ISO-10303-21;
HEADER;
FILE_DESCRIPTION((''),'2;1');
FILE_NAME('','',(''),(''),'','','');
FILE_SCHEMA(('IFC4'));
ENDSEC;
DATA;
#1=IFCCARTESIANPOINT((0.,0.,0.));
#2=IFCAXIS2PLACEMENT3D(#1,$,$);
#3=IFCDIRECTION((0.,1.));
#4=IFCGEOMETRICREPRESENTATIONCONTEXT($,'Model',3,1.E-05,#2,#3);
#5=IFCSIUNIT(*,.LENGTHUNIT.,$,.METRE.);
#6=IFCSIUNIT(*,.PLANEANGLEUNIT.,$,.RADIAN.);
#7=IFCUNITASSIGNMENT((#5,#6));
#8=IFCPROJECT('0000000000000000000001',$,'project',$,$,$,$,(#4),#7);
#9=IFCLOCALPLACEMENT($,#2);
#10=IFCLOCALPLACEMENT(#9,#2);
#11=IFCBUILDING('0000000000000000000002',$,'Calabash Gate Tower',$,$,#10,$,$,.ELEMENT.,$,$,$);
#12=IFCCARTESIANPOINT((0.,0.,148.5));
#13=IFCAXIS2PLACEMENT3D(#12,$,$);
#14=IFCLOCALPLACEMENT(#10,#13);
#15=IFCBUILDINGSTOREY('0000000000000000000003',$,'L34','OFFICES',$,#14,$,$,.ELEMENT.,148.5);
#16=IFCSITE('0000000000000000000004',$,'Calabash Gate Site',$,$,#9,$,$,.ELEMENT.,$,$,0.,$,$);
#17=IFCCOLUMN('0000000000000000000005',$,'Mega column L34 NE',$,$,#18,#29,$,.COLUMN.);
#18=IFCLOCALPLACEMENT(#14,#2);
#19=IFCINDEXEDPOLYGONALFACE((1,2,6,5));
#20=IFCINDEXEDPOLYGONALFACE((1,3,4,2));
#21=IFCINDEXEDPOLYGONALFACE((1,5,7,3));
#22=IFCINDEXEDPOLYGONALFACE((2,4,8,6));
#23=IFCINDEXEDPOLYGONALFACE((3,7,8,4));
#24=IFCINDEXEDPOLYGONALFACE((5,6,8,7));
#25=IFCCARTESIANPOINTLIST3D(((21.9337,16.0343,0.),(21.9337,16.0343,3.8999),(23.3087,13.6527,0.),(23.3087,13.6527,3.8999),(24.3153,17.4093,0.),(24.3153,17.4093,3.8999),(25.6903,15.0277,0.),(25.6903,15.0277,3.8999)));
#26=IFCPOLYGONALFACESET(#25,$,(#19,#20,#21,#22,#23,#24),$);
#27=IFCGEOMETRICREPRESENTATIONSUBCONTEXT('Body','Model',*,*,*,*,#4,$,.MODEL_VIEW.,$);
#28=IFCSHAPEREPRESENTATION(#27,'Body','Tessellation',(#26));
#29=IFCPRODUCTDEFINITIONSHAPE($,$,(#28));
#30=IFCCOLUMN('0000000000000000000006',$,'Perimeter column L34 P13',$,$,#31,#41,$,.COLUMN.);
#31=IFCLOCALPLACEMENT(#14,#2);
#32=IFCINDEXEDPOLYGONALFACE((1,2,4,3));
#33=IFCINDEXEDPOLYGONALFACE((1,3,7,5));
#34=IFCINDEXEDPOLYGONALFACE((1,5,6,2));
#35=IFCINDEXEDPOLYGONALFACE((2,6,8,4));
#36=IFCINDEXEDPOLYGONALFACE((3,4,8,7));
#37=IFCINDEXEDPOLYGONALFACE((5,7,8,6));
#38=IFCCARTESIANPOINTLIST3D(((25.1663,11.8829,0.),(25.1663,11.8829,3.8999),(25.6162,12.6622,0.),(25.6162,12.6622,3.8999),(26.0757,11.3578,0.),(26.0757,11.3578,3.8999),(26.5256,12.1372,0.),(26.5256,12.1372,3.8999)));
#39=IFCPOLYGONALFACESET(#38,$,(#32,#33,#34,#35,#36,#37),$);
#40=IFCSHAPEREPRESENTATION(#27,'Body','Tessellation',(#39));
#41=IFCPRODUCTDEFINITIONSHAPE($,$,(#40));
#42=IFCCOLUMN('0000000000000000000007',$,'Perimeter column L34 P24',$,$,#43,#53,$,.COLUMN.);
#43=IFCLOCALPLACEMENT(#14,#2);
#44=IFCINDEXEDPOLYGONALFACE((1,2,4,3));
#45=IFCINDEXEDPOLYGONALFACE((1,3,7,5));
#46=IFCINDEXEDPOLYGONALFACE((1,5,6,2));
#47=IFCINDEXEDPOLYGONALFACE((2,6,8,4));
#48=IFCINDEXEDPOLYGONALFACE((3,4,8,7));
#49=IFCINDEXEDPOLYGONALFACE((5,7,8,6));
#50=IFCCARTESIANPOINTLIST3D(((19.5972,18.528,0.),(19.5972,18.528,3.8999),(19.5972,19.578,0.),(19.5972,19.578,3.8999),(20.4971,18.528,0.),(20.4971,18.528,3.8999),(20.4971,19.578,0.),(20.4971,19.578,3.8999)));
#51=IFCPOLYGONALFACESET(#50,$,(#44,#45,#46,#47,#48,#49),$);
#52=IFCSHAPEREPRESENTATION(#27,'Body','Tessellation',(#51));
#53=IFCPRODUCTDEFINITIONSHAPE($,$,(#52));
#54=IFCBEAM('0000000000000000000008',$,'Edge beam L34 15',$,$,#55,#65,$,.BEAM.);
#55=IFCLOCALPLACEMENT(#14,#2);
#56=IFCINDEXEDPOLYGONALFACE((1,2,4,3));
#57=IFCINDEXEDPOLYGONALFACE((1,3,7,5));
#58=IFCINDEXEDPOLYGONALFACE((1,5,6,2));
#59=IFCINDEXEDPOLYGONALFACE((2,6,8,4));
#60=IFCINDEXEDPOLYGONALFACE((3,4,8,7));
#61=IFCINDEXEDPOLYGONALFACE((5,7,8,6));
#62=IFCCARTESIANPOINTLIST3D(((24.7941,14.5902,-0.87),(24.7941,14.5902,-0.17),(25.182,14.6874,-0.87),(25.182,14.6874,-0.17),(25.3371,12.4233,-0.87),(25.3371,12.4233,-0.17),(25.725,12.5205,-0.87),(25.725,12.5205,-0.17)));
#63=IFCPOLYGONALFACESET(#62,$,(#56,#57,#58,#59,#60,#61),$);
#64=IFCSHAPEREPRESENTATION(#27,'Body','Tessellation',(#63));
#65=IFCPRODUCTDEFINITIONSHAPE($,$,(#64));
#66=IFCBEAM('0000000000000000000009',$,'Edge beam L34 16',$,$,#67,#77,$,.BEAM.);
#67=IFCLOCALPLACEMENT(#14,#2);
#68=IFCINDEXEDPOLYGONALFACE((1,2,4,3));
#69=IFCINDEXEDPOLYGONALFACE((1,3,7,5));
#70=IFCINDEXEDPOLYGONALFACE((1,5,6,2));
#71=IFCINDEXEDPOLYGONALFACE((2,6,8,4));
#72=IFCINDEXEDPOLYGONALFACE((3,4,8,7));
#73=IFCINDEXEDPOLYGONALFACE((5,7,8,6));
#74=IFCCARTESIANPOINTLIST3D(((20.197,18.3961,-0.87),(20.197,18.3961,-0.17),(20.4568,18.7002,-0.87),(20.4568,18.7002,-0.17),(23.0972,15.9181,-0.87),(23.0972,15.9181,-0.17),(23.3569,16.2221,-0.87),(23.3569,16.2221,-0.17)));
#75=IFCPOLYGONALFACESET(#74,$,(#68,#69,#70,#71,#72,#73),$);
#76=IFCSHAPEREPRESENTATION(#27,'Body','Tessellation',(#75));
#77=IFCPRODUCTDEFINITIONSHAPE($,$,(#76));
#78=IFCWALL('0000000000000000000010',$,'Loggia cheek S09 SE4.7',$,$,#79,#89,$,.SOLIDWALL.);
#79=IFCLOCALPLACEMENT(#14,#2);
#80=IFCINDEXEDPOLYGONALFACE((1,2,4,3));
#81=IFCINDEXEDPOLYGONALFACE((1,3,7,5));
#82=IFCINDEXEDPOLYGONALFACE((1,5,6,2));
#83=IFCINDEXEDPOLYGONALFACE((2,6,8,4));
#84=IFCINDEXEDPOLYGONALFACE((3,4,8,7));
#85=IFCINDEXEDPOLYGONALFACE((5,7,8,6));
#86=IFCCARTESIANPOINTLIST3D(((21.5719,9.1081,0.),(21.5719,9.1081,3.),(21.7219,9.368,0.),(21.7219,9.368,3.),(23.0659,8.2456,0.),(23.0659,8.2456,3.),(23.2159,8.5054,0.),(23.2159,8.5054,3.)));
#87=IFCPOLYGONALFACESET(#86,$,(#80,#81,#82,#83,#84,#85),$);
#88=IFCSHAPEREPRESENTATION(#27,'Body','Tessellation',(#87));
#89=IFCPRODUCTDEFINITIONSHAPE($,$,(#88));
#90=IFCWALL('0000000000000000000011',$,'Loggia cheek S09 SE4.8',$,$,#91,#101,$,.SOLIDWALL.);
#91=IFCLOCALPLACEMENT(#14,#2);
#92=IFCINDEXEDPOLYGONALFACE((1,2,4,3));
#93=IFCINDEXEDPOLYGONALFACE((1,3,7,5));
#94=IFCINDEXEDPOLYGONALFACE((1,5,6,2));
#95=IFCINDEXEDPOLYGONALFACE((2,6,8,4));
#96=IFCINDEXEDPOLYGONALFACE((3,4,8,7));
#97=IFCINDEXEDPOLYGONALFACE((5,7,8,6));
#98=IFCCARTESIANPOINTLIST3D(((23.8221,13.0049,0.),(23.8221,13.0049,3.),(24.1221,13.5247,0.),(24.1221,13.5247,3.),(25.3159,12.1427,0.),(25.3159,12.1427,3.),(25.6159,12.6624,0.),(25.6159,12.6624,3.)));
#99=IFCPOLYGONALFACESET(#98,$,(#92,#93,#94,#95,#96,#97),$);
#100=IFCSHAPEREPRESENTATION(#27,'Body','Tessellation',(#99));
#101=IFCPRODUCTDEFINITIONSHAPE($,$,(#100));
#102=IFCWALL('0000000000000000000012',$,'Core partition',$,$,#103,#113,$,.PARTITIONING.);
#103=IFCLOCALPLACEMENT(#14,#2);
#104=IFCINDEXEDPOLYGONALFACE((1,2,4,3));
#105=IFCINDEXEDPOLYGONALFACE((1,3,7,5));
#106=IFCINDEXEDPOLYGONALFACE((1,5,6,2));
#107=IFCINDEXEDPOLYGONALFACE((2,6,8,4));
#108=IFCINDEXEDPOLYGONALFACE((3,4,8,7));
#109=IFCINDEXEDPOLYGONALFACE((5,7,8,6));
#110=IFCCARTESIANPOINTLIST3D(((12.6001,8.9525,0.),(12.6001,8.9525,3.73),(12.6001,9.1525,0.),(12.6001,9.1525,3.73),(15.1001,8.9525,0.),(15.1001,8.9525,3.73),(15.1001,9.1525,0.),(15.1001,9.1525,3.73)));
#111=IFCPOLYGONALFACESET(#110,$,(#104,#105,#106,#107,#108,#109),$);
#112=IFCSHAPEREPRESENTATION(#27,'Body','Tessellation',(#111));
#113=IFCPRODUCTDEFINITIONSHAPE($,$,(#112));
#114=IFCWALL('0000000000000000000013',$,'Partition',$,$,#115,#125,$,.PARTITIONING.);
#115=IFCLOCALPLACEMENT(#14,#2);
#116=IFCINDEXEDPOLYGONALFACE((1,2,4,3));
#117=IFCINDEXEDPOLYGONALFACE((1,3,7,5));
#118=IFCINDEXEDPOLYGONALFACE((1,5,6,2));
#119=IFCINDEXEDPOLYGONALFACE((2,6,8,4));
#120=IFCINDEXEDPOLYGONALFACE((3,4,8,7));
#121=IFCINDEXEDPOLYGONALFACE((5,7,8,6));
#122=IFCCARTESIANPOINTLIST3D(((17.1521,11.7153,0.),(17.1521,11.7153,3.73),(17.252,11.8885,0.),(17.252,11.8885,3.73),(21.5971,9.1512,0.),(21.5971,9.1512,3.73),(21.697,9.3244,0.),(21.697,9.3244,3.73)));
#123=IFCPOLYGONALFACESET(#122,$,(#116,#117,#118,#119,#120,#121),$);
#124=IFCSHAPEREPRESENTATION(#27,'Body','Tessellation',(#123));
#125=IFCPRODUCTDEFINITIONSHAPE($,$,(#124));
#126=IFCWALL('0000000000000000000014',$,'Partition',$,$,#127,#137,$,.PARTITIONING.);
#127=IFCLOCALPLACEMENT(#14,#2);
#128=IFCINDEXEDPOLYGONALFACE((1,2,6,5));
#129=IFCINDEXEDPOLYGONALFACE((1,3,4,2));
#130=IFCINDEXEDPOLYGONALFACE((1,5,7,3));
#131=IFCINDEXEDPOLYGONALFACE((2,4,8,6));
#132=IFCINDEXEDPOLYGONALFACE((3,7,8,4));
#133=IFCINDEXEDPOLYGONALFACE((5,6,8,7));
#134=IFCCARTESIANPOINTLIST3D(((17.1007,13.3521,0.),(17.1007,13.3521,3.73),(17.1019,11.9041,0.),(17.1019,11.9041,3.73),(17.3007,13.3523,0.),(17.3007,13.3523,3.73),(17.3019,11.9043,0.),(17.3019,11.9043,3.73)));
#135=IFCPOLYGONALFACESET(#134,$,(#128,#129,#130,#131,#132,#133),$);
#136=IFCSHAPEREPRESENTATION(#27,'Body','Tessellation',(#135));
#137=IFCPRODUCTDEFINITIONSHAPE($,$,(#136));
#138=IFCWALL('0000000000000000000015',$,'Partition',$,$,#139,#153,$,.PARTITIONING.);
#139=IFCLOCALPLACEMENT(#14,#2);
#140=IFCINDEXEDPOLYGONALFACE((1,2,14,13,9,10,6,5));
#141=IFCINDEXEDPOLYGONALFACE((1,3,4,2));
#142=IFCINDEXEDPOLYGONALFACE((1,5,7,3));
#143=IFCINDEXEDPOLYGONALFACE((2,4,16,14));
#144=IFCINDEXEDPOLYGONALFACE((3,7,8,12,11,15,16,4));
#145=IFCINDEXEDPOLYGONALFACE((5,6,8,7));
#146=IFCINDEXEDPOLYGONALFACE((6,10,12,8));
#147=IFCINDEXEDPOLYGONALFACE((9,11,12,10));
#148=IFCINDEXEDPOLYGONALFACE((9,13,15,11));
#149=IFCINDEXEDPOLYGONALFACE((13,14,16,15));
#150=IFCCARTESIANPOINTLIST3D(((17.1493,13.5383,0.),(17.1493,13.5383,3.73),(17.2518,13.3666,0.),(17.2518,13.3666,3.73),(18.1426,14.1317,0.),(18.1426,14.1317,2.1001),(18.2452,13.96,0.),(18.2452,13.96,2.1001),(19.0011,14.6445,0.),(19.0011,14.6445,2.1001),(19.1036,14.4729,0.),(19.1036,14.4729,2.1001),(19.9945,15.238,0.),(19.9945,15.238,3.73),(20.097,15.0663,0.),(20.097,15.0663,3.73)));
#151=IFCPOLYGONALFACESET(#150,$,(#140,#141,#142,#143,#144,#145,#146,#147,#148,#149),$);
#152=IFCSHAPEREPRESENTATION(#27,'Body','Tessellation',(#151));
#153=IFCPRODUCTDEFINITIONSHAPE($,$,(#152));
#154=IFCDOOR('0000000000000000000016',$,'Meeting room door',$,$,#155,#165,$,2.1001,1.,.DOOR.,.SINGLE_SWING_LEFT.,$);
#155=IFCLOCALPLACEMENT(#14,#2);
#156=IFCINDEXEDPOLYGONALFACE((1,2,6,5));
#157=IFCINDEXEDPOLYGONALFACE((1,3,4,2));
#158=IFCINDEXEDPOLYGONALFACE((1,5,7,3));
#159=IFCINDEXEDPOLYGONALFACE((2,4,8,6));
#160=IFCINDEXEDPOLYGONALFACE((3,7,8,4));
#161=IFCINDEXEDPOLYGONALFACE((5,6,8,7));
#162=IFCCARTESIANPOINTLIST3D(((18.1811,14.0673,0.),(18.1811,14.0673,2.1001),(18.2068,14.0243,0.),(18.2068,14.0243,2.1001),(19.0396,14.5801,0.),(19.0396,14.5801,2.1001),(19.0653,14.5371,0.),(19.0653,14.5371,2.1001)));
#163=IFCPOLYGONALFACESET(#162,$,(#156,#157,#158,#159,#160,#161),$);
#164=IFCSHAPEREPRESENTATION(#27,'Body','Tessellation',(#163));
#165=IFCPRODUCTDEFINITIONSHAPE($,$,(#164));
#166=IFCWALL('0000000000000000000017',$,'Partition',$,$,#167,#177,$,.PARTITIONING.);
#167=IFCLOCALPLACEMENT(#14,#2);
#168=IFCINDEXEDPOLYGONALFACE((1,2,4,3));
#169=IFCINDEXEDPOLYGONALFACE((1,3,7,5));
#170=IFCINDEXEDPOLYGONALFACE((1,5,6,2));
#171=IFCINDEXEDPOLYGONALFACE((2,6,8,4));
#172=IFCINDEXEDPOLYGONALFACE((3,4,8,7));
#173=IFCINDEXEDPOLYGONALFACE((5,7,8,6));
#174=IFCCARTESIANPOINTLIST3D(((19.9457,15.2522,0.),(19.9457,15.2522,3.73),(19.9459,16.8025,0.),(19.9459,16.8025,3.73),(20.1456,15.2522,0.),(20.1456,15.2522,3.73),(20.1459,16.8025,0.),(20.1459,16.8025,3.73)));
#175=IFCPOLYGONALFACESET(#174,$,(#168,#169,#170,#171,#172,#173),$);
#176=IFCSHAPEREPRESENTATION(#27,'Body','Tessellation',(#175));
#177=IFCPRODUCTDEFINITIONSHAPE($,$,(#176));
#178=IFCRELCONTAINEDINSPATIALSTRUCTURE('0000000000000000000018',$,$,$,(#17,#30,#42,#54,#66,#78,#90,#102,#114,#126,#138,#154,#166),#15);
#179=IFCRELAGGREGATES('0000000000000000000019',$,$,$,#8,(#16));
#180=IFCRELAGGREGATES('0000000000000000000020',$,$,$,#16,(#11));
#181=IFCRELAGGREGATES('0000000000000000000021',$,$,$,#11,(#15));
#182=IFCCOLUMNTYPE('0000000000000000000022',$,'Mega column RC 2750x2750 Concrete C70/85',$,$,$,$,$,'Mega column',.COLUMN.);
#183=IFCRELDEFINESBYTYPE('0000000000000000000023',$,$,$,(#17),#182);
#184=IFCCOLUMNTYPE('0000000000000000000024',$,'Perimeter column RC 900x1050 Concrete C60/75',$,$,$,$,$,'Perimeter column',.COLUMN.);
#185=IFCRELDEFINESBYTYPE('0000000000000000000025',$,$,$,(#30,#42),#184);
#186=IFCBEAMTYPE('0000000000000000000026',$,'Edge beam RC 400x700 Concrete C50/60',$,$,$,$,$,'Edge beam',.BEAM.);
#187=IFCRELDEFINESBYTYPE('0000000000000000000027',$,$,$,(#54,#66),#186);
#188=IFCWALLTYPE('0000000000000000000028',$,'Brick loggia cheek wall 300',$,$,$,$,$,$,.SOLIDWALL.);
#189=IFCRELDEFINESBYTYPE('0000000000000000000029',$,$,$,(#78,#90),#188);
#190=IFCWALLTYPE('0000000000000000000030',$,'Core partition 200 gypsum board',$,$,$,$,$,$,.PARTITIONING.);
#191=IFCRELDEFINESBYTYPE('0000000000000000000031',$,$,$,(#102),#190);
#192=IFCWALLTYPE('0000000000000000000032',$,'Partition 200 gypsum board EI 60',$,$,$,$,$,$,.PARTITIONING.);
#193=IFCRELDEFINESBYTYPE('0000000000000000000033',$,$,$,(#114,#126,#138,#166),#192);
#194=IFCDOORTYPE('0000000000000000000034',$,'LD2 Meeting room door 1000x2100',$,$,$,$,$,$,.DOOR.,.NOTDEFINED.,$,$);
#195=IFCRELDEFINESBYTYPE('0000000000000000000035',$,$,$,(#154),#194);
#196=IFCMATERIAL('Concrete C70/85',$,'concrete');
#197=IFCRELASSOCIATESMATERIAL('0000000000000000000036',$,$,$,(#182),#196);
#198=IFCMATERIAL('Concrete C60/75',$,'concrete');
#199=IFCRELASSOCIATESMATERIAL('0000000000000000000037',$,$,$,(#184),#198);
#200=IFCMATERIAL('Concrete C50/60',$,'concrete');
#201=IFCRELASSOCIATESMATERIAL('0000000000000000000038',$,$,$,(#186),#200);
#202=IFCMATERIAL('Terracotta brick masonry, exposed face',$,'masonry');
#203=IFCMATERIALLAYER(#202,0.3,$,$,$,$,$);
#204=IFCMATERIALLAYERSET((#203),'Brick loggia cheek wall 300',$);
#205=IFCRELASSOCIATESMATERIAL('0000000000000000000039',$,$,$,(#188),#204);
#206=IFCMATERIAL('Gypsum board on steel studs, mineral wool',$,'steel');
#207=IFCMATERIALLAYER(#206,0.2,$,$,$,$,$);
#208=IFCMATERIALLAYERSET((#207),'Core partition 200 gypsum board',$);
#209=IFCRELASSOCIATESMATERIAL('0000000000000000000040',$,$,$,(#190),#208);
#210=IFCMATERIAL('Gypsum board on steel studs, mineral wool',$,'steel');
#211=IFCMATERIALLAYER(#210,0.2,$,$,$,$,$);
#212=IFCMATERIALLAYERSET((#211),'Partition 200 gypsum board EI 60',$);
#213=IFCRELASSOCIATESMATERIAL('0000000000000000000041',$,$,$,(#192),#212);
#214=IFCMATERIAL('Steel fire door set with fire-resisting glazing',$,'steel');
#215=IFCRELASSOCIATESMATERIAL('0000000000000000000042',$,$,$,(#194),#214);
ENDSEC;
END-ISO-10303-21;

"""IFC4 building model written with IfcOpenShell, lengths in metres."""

from ifc_helpers import new_model, si_unit, direction, frame, frame_2d, origin, origin_2d, place, context, subcontext, project, spatial, rectangle, extrude, material, layer, layer_set, material_profile, profile_set, type_object, element, fill, save


model = new_model("IFC4")

# Units and contexts
model_context = context("Model", 3, precision=1e-05, world=origin(), true_north=direction((0.0, 1.0)))
body_context = subcontext(model_context, "Body", "Model", "MODEL_VIEW")
ifc_project = project(units=[si_unit("LENGTHUNIT", "METRE"), si_unit("PLANEANGLEUNIT", "RADIAN")], contexts=[model_context])

# Site, building, storey
site_placement = place(None, origin())
site = spatial("IfcSite", under=ifc_project, at=site_placement, Name="Calabash Gate Site", CompositionType="ELEMENT", RefElevation=0.0)
building_placement = place(site_placement, origin())
building = spatial("IfcBuilding", under=site, at=building_placement, Name="Calabash Gate Tower", CompositionType="ELEMENT")
storey_placement = place(building_placement, frame((0.0, 0.0, 148.5)))
storey = spatial("IfcBuildingStorey", under=building, at=storey_placement, Name="L34", Description="OFFICES", CompositionType="ELEMENT", Elevation=148.5)

# Columns
ifc_material_1 = material(Name="Concrete C70/85", Category="concrete")
ifc_material_profile_1 = material_profile(ifc_material_1, rectangle(XDim=2.75, YDim=2.75, at=origin_2d()))
ifc_profile_set_1 = profile_set([ifc_material_profile_1], Name="Concrete C70/85")
column_type_1 = type_object("IfcColumnType", Name="Mega column RC 2750x2750 Concrete C70/85", ElementType="Mega column", PredefinedType="COLUMN", material=ifc_profile_set_1)
column_placement = place(storey_placement, frame((23.812, 15.531, 0.0), z_axis=(0.0, 0.0, 1.0), x_axis=(-0.866025, -0.5, 0.0)))
element("IfcColumn", 1, at=column_placement, inside=storey, type_object=column_type_1, Name="Mega column L34 NE", PredefinedType="COLUMN", context=body_context, shape_type="SweptSolid", body=[
    extrude(rectangle(XDim=2.75, YDim=2.75, at=origin_2d()), origin(), (0.0, 0.0, 1.0), 3.8999),
])
ifc_material_2 = material(Name="Concrete C60/75", Category="concrete")
ifc_material_profile_2 = material_profile(ifc_material_2, rectangle(XDim=0.8999, YDim=1.05, at=origin_2d()))
ifc_profile_set_2 = profile_set([ifc_material_profile_2], Name="Concrete C60/75")
column_type_2 = type_object("IfcColumnType", Name="Perimeter column RC 900x1050 Concrete C60/75", ElementType="Perimeter column", PredefinedType="COLUMN", material=ifc_profile_set_2)
for number, where, z_axis, x_axis, name in (
    (2, (25.8459, 12.01, 0.0), (0.0, 0.0, 1.0), (0.5, 0.866025, 0.0), "Perimeter column L34 P13"),
    (3, (20.0471, 19.053, 0.0), (0.0, 0.0, 1.0), (-1.0, 0.0, 0.0), "Perimeter column L34 P24"),
):
    element("IfcColumn", number, at=place(storey_placement, frame(where, z_axis=z_axis, x_axis=x_axis)), inside=storey, type_object=column_type_2, Name=name, PredefinedType="COLUMN", context=body_context, shape_type="SweptSolid", body=[
        extrude(rectangle(XDim=0.8999, YDim=1.05, at=origin_2d()), origin(), (0.0, 0.0, 1.0), 3.8999),
    ])

# Beams
ifc_material_3 = material(Name="Concrete C50/60", Category="concrete")
ifc_material_profile_3 = material_profile(ifc_material_3, rectangle(XDim=0.3999, YDim=0.7, at=origin_2d()))
ifc_profile_set_3 = profile_set([ifc_material_profile_3], Name="Concrete C50/60")
beam_type = type_object("IfcBeamType", Name="Edge beam RC 400x700 Concrete C50/60", ElementType="Edge beam", PredefinedType="BEAM", material=ifc_profile_set_3)
beam_1_placement = place(storey_placement, frame((25.531, 12.4719, -0.52), z_axis=(-0.24305, 0.970014, 0.0), x_axis=(-0.970014, -0.24305, 0.0)))
element("IfcBeam", 4, at=beam_1_placement, inside=storey, type_object=beam_type, Name="Edge beam L34 15", PredefinedType="BEAM", context=body_context, shape_type="SweptSolid", body=[
    extrude(rectangle(XDim=0.3999, YDim=0.7, at=origin_2d()), origin(), (0.0, 0.0, 1.0), 2.2339),
])
beam_2_placement = place(storey_placement, frame((23.2271, 16.0701, -0.52), z_axis=(-0.760268, 0.64961, 0.0), x_axis=(-0.64961, -0.760268, 0.0)))
element("IfcBeam", 5, at=beam_2_placement, inside=storey, type_object=beam_type, Name="Edge beam L34 16", PredefinedType="BEAM", context=body_context, shape_type="SweptSolid", body=[
    extrude(rectangle(XDim=0.3999, YDim=0.7, at=origin_2d()), origin(), (0.0, 0.0, 1.0), 3.8147),
])

# Walls
ifc_material_4 = material(Name="Terracotta brick masonry, exposed face", Category="masonry")
ifc_layer_1 = layer(ifc_material_4, 0.3)
ifc_layer_set_1 = layer_set([ifc_layer_1], Name="Brick loggia cheek wall 300")
wall_type_1 = type_object("IfcWallType", Name="Brick loggia cheek wall 300", PredefinedType="SOLIDWALL", material=ifc_layer_set_1)
wall_1_placement = place(storey_placement, frame((23.1409, 8.3755, 0.0), z_axis=(0.0, 0.0, 1.0), x_axis=(-0.866014, 0.500021, 0.0)))
element("IfcWall", 6, at=wall_1_placement, inside=storey, type_object=wall_type_1, Name="Loggia cheek S09 SE4.7", PredefinedType="SOLIDWALL", context=body_context, shape_type="SweptSolid", body=[
    extrude(rectangle(XDim=1.7251, YDim=0.3, at=frame_2d((0.8625, 0.0))), origin(), (0.0, 0.0, 1.0), 3.0),
])
wall_2_placement = place(storey_placement, frame((25.4658, 12.4026, 0.0), z_axis=(0.0, 0.0, 1.0), x_axis=(-0.866075, 0.499914, 0.0)))
element("IfcWall", 7, at=wall_2_placement, inside=storey, type_object=wall_type_1, Name="Loggia cheek S09 SE4.8", PredefinedType="SOLIDWALL", context=body_context, shape_type="SweptSolid", body=[
    extrude(rectangle(XDim=1.7249, YDim=0.6001, at=frame_2d((0.8623, 0.0))), origin(), (0.0, 0.0, 1.0), 3.0),
])
ifc_material_5 = material(Name="Gypsum board on steel studs, mineral wool", Category="steel")
ifc_layer_2 = layer(ifc_material_5, 0.2)
ifc_layer_set_2 = layer_set([ifc_layer_2], Name="Core partition 200 gypsum board")
wall_type_2 = type_object("IfcWallType", Name="Core partition 200 gypsum board", PredefinedType="PARTITIONING", material=ifc_layer_set_2)
wall_3_placement = place(storey_placement, frame((12.6001, 9.0525, 0.0), z_axis=(0.0, 0.0, 1.0), x_axis=(1.0, 0.0, 0.0)))
element("IfcWall", 8, at=wall_3_placement, inside=storey, type_object=wall_type_2, Name="Core partition", PredefinedType="PARTITIONING", context=body_context, shape_type="SweptSolid", body=[
    extrude(rectangle(XDim=2.5, YDim=0.2, at=frame_2d((1.25, 0.0))), origin(), (0.0, 0.0, 1.0), 3.73),
])
ifc_material_6 = material(Name="Gypsum board on steel studs, mineral wool", Category="steel")
ifc_layer_3 = layer(ifc_material_6, 0.2)
ifc_layer_set_3 = layer_set([ifc_layer_3], Name="Partition 200 gypsum board EI 60")
wall_type_3 = type_object("IfcWallType", Name="Partition 200 gypsum board EI 60", PredefinedType="PARTITIONING", material=ifc_layer_set_3)
wall_4_placement = place(storey_placement, frame((17.2019, 11.802, 0.0), z_axis=(0.0, 0.0, 1.0), x_axis=(0.866207, -0.499685, 0.0)))
element("IfcWall", 9, at=wall_4_placement, inside=storey, type_object=wall_type_3, Name="Partition", PredefinedType="PARTITIONING", context=body_context, shape_type="SweptSolid", body=[
    extrude(rectangle(XDim=5.1316, YDim=0.2, at=frame_2d((2.5659, 0.0))), origin(), (0.0, 0.0, 1.0), 3.73),
])
wall_5_placement = place(storey_placement, frame((17.2007, 13.3523, 0.0), z_axis=(0.0, 0.0, 1.0), x_axis=(0.000843, -1.0, 0.0)))
element("IfcWall", 10, at=wall_5_placement, inside=storey, type_object=wall_type_3, Name="Partition", PredefinedType="PARTITIONING", context=body_context, shape_type="SweptSolid", body=[
    extrude(rectangle(XDim=1.448, YDim=0.2, at=frame_2d((0.7241, 0.0))), origin(), (0.0, 0.0, 1.0), 3.73),
])

# Wall, opening, door
wall_6_placement = place(storey_placement, frame((17.2004, 13.4524, 0.0), z_axis=(0.0, 0.0, 1.0), x_axis=(0.858479, 0.512848, 0.0)))
wall_6 = element("IfcWall", 11, at=wall_6_placement, inside=storey, type_object=wall_type_3, Name="Partition", PredefinedType="PARTITIONING", context=body_context, shape_type="SweptSolid", body=[
    extrude(rectangle(XDim=3.3142, YDim=0.2, at=frame_2d((1.6572, 0.0))), origin(), (0.0, 0.0, 1.0), 3.73),
])
opening_1_placement = place(wall_6_placement, frame((1.1572, 0.0, 0.0)))
opening_1 = element("IfcOpeningElement", 12, at=opening_1_placement, cuts=wall_6, PredefinedType="OPENING", context=body_context, shape_type="SweptSolid", body=[
    extrude(rectangle(XDim=1.0, YDim=2.1001, at=frame_2d((0.5, 1.05))), frame((0.0, 0.1099, 0.0), z_axis=(0.0, -1.0, 0.0), x_axis=(1.0, 0.0, 0.0)), (0.0, 0.0, 1.0), 0.22),
])
ifc_material_7 = material(Name="Steel fire door set with fire-resisting glazing", Category="steel")
door_type_1 = type_object("IfcDoorType", Name="LD2 Meeting room door 1000x2100", OperationType="NOTDEFINED", PredefinedType="DOOR", material=ifc_material_7)
door_1_placement = place(opening_1_placement, origin())
door_1 = element("IfcDoor", 13, at=door_1_placement, inside=storey, type_object=door_type_1, Name="Meeting room door", OperationType="SINGLE_SWING_LEFT", OverallHeight=2.1001, OverallWidth=1.0, PredefinedType="DOOR", context=body_context, shape_type="SweptSolid", body=[
    extrude(rectangle(XDim=1.0, YDim=2.1001, at=frame_2d((0.5, 1.05))), frame((0.0, 0.0249, 0.0), z_axis=(0.0, -1.0, 0.0), x_axis=(1.0, 0.0, 0.0)), (0.0, 0.0, 1.0), 0.05),
])
fill(opening_1, door_1)

# Wall
wall_7_placement = place(storey_placement, frame((20.0457, 15.2522, 0.0), z_axis=(0.0, 0.0, 1.0), x_axis=(0.000157, 1.0, 0.0)))
element("IfcWall", 14, at=wall_7_placement, inside=storey, type_object=wall_type_3, Name="Partition", PredefinedType="PARTITIONING", context=body_context, shape_type="SweptSolid", body=[
    extrude(rectangle(XDim=1.5503, YDim=0.2, at=frame_2d((0.7751, 0.0))), origin(), (0.0, 0.0, 1.0), 3.73),
])

save(model, "model.ifc")
